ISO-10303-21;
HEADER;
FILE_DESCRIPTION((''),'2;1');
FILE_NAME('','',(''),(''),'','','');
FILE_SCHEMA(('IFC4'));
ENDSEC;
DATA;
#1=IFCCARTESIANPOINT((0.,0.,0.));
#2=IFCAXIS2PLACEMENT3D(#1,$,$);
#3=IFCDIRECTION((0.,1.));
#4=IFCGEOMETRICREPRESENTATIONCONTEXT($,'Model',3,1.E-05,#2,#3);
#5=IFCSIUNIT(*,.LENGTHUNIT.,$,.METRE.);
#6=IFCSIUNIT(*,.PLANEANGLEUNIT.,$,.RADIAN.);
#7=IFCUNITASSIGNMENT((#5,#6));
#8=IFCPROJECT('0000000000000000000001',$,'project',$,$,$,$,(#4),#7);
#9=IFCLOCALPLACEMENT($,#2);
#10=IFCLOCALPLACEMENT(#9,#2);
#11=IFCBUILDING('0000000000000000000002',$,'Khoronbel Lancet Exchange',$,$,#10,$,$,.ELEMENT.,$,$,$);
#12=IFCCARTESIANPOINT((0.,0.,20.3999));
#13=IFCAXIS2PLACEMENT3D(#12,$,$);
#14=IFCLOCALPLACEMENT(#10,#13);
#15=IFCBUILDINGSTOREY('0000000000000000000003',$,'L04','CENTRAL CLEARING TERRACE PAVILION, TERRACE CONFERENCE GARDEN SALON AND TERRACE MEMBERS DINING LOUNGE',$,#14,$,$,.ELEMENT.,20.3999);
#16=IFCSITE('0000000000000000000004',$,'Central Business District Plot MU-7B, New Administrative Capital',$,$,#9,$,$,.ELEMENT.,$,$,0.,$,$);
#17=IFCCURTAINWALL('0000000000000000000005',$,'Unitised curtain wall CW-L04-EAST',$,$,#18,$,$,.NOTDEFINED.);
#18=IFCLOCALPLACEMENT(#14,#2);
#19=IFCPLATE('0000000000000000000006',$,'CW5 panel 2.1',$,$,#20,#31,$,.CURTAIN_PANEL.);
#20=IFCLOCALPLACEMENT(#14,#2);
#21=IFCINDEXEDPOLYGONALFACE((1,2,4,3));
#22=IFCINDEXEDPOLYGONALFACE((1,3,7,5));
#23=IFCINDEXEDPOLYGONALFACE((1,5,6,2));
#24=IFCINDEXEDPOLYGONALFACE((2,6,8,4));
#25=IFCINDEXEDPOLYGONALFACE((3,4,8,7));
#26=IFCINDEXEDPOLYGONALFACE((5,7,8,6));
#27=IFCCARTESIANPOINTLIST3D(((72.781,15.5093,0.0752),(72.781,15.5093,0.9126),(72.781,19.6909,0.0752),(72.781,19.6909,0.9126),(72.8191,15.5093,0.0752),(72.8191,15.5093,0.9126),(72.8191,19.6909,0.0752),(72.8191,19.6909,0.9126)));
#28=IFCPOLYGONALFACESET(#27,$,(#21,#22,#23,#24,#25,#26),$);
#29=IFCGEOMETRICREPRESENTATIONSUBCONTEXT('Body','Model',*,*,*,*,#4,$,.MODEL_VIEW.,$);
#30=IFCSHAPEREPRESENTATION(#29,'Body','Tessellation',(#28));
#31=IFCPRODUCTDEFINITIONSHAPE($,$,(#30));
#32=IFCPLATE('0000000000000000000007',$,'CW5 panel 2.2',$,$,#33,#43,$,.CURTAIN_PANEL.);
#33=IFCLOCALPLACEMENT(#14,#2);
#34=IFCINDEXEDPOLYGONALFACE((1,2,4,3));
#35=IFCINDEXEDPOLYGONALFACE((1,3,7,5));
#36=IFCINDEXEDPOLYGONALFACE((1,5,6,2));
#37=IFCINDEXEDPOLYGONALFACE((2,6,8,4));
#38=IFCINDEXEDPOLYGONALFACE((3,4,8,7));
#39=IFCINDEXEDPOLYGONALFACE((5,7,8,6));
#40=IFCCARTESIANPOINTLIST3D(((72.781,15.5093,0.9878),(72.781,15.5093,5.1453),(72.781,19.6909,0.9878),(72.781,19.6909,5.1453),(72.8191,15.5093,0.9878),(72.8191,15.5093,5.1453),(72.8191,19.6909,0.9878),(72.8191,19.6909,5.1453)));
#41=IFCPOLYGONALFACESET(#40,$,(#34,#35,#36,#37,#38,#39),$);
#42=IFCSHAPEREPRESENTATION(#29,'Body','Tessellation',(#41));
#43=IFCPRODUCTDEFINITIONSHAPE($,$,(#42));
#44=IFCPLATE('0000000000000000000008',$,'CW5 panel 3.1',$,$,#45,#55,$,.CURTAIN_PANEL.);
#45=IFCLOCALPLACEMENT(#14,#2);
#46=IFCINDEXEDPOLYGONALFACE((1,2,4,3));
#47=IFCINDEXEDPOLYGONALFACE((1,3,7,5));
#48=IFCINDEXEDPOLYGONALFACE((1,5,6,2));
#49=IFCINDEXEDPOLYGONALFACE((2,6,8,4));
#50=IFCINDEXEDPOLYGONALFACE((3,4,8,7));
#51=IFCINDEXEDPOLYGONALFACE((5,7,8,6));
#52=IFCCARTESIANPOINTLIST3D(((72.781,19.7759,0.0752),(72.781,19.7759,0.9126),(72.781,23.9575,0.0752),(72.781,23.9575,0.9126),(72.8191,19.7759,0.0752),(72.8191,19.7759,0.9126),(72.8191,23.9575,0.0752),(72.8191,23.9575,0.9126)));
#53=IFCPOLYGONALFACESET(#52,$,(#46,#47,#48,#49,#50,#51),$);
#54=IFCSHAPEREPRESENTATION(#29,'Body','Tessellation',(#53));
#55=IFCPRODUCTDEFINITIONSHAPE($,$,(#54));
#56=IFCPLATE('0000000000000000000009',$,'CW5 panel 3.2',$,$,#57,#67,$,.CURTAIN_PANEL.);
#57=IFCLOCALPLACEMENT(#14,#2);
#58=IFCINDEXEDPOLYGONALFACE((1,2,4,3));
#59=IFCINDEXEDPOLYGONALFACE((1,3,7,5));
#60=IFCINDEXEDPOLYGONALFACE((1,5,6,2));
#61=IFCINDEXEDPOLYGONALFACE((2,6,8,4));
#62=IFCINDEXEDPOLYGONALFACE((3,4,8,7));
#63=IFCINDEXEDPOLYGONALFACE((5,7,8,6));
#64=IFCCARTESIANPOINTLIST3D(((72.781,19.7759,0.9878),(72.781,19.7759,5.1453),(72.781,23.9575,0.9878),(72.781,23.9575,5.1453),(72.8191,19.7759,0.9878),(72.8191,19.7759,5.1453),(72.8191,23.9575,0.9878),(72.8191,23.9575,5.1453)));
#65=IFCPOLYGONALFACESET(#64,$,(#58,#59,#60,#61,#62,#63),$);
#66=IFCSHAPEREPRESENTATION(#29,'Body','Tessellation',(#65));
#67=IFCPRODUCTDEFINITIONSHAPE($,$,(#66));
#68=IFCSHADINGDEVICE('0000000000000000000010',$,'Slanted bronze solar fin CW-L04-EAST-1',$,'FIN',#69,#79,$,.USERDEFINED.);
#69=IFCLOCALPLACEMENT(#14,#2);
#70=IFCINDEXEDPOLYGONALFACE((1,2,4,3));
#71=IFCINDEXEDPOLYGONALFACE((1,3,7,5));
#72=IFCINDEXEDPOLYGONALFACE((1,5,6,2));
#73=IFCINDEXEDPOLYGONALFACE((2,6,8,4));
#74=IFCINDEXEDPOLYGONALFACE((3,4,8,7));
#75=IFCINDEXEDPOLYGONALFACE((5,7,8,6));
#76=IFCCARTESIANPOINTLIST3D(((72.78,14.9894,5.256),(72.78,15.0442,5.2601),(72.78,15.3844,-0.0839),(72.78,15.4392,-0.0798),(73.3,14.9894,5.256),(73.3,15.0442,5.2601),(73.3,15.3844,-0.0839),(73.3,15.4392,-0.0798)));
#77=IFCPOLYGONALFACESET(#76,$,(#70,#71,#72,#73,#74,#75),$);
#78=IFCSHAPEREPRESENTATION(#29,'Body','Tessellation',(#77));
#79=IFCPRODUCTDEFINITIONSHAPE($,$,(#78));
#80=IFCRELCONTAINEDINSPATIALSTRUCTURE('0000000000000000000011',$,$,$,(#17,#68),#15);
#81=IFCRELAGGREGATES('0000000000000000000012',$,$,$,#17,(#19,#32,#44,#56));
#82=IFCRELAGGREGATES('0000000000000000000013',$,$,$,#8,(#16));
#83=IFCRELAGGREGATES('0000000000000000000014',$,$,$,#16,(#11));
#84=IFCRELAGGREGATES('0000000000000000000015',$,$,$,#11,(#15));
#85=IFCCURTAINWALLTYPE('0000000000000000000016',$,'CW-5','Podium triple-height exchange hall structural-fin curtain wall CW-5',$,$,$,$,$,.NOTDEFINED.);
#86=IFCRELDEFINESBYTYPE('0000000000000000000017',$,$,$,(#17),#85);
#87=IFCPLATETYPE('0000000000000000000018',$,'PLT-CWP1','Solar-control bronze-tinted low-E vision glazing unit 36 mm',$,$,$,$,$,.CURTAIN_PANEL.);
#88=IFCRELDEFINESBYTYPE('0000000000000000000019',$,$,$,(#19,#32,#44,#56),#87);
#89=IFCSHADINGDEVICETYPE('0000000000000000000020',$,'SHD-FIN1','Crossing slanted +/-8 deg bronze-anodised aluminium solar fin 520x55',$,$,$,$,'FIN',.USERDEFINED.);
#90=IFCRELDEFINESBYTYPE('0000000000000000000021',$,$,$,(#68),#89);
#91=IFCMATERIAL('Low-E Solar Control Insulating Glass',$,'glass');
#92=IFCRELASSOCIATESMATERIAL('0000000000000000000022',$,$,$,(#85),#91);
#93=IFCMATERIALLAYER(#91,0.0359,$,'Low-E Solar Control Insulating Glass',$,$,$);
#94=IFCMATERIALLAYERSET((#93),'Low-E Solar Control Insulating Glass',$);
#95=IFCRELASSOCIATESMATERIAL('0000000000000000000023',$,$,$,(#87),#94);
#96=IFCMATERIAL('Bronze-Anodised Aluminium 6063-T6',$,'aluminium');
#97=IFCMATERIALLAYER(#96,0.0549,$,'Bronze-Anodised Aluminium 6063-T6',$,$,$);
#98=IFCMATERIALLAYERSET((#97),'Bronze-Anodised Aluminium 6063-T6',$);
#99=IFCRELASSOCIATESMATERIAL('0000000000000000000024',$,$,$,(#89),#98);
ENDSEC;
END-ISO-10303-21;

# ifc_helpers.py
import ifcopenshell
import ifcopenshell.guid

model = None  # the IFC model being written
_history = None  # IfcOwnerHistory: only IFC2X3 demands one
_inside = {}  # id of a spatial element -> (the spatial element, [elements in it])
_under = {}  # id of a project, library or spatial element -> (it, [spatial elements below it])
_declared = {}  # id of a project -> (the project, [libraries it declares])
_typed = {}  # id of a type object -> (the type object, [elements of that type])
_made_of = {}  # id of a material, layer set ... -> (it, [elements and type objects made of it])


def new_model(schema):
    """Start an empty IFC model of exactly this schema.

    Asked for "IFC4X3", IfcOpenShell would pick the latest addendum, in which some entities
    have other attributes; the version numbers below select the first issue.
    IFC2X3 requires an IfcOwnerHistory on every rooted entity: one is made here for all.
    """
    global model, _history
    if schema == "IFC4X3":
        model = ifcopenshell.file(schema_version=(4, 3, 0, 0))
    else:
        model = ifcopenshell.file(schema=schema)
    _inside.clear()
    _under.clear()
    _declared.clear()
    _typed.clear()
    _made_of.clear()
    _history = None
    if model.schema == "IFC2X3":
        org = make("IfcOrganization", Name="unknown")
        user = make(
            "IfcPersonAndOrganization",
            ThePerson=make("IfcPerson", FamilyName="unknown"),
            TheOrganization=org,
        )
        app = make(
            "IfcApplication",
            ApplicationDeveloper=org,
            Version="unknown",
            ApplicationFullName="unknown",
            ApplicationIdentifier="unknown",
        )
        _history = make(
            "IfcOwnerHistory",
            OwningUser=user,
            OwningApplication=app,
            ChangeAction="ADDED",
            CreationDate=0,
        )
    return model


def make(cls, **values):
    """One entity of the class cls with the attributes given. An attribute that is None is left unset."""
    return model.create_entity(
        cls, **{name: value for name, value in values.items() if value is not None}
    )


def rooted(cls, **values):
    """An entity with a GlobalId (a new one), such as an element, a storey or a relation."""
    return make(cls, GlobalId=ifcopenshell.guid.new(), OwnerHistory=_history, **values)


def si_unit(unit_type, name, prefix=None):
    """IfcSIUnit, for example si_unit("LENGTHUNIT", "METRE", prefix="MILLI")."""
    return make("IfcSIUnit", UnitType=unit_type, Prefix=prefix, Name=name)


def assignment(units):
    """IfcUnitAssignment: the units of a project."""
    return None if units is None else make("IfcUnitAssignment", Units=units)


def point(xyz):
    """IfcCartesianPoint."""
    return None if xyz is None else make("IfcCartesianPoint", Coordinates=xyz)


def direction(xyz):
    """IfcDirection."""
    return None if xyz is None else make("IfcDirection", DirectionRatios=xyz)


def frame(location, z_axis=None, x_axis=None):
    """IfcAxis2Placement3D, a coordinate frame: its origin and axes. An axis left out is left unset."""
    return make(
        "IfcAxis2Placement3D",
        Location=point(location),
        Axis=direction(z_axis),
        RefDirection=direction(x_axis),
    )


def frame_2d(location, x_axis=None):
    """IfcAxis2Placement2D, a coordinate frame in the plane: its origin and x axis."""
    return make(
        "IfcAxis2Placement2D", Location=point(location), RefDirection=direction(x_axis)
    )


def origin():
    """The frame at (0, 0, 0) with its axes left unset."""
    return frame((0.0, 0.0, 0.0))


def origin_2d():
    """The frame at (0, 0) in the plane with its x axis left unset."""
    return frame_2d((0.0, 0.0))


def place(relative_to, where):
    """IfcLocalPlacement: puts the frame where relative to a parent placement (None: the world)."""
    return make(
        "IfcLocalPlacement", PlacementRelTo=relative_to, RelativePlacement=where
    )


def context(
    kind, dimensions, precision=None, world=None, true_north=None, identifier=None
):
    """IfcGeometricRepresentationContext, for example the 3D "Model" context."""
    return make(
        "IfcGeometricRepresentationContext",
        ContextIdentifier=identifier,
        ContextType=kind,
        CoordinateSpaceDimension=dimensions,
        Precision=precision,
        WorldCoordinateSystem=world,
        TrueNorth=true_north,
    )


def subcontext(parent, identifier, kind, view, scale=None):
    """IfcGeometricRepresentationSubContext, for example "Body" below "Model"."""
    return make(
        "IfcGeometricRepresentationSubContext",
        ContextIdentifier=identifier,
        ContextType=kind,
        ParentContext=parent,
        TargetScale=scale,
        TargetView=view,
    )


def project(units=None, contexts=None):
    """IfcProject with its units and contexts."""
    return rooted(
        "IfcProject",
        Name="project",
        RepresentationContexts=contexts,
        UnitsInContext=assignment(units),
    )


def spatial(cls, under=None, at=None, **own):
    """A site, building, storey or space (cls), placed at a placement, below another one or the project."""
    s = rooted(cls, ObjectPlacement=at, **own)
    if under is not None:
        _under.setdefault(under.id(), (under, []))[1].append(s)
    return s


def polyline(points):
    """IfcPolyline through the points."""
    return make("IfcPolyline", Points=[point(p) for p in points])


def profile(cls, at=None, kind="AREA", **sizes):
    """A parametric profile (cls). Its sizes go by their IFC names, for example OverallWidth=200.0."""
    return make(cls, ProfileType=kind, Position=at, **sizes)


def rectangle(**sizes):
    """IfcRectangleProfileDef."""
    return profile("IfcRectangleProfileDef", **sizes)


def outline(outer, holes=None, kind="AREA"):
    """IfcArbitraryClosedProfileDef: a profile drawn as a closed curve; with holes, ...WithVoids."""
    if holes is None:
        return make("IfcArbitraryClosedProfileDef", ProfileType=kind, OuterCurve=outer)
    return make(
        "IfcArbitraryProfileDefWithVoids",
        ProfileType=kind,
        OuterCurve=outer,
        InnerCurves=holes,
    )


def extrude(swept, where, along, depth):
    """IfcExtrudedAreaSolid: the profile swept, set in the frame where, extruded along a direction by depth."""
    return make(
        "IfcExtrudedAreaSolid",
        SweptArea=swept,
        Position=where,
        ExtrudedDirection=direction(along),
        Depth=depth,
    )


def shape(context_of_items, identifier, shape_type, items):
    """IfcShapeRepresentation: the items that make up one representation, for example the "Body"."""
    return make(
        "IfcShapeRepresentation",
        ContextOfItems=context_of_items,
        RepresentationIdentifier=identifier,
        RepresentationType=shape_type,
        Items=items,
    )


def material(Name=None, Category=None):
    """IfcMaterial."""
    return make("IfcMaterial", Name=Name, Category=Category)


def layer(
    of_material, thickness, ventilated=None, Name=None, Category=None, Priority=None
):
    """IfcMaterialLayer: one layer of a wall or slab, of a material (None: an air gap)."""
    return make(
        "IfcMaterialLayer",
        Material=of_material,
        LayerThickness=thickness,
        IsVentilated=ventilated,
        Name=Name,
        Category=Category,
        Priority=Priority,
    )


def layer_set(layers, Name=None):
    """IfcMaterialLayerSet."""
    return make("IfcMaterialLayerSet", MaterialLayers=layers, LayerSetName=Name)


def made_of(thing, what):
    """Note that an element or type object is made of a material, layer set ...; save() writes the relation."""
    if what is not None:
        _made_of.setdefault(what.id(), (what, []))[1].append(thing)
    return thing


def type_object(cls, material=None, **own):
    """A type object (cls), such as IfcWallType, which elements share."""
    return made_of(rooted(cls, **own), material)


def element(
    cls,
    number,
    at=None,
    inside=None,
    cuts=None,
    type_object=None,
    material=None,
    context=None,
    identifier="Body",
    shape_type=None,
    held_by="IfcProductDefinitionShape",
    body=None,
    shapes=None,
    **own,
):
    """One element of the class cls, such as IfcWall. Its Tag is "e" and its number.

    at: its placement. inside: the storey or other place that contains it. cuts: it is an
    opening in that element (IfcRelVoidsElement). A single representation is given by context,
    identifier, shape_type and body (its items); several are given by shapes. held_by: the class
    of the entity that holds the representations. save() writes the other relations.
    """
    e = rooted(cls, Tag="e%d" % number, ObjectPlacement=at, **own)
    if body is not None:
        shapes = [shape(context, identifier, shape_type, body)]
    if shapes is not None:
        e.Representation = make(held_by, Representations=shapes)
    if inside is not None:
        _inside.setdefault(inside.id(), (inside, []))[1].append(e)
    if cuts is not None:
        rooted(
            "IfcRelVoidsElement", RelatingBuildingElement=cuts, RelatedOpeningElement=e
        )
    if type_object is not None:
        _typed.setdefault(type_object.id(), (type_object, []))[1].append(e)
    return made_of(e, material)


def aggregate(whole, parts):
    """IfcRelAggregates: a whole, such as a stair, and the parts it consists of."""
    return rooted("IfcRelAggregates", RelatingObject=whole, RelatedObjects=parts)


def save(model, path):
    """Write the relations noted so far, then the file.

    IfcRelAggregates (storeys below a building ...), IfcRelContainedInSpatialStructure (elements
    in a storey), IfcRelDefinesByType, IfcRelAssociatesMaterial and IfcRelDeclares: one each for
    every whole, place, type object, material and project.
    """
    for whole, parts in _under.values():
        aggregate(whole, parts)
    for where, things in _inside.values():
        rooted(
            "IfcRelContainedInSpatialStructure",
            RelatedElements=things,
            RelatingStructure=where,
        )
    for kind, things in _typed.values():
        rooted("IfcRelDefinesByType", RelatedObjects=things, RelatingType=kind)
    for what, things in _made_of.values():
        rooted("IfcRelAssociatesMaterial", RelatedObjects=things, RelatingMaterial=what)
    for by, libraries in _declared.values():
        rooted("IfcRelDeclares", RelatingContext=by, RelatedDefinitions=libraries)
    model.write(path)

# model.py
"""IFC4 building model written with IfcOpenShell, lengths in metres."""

from ifc_helpers import new_model, si_unit, direction, frame, origin, origin_2d, place, context, subcontext, project, spatial, polyline, rectangle, outline, extrude, material, layer, layer_set, type_object, element, aggregate, save


model = new_model("IFC4")

# Units and contexts
model_context = context("Model", 3, precision=1e-05, world=origin(), true_north=direction((0.0, 1.0)))
body_context = subcontext(model_context, "Body", "Model", "MODEL_VIEW")
ifc_project = project(units=[si_unit("LENGTHUNIT", "METRE"), si_unit("PLANEANGLEUNIT", "RADIAN")], contexts=[model_context])

# Site, building, storey
site_placement = place(None, origin())
site = spatial("IfcSite", under=ifc_project, at=site_placement, Name="Central Business District Plot MU-7B, New Administrative Capital", CompositionType="ELEMENT", RefElevation=0.0)
building_placement = place(site_placement, origin())
building = spatial("IfcBuilding", under=site, at=building_placement, Name="Khoronbel Lancet Exchange", CompositionType="ELEMENT")
storey_placement = place(building_placement, frame((0.0, 0.0, 20.3999)))
storey = spatial("IfcBuildingStorey", under=building, at=storey_placement, Name="L04", Description="CENTRAL CLEARING TERRACE PAVILION, TERRACE CONFERENCE GARDEN SALON AND TERRACE MEMBERS DINING LOUNGE", CompositionType="ELEMENT", Elevation=20.3999)

# Curtain wall, plates
ifc_material_1 = material(Name="Low-E Solar Control Insulating Glass", Category="glass")
curtain_wall_type = type_object("IfcCurtainWallType", Name="CW-5", Description="Podium triple-height exchange hall structural-fin curtain wall CW-5", PredefinedType="NOTDEFINED", material=ifc_material_1)
curtain_wall_placement = place(storey_placement, origin())
curtain_wall = element("IfcCurtainWall", 1, at=curtain_wall_placement, inside=storey, type_object=curtain_wall_type, Name="Unitised curtain wall CW-L04-EAST", PredefinedType="NOTDEFINED")
ifc_material_2 = material(Name="Bronze-Anodised Aluminium 6063-T6", Category="aluminium")
ifc_layer_1 = layer(ifc_material_1, 0.0359, Name="Low-E Solar Control Insulating Glass")
ifc_layer_set_1 = layer_set([ifc_layer_1], Name="Low-E Solar Control Insulating Glass")
plate_type = type_object("IfcPlateType", Name="PLT-CWP1", Description="Solar-control bronze-tinted low-E vision glazing unit 36 mm", PredefinedType="CURTAIN_PANEL", material=ifc_layer_set_1)
plate_1_placement = place(storey_placement, frame((72.8, 17.6001, 0.0752), z_axis=(0.0, 0.0, 1.0), x_axis=(0.0, 1.0, 0.0)))
plate_1 = element("IfcPlate", 2, at=plate_1_placement, type_object=plate_type, Name="CW5 panel 2.1", PredefinedType="CURTAIN_PANEL", context=body_context, shape_type="SweptSolid", body=[
    extrude(rectangle(XDim=4.1816, YDim=0.0381, at=origin_2d()), origin(), (0.0, 0.0, 1.0), 0.8374),
])
plate_2_placement = place(storey_placement, frame((72.8, 17.6001, 0.9878), z_axis=(0.0, 0.0, 1.0), x_axis=(0.0, 1.0, 0.0)))
plate_2 = element("IfcPlate", 3, at=plate_2_placement, type_object=plate_type, Name="CW5 panel 2.2", PredefinedType="CURTAIN_PANEL", context=body_context, shape_type="SweptSolid", body=[
    extrude(rectangle(XDim=4.1816, YDim=0.0381, at=origin_2d()), origin(), (0.0, 0.0, 1.0), 4.1575),
])
plate_3_placement = place(storey_placement, frame((72.8, 21.8667, 0.0752), z_axis=(0.0, 0.0, 1.0), x_axis=(0.0, 1.0, 0.0)))
plate_3 = element("IfcPlate", 4, at=plate_3_placement, type_object=plate_type, Name="CW5 panel 3.1", PredefinedType="CURTAIN_PANEL", context=body_context, shape_type="SweptSolid", body=[
    extrude(rectangle(XDim=4.1816, YDim=0.0381, at=origin_2d()), origin(), (0.0, 0.0, 1.0), 0.8374),
])
plate_4_placement = place(storey_placement, frame((72.8, 21.8667, 0.9878), z_axis=(0.0, 0.0, 1.0), x_axis=(0.0, 1.0, 0.0)))
plate_4 = element("IfcPlate", 5, at=plate_4_placement, type_object=plate_type, Name="CW5 panel 3.2", PredefinedType="CURTAIN_PANEL", context=body_context, shape_type="SweptSolid", body=[
    extrude(rectangle(XDim=4.1816, YDim=0.0381, at=origin_2d()), origin(), (0.0, 0.0, 1.0), 4.1575),
])
aggregate(curtain_wall, [plate_1, plate_2, plate_3, plate_4])

# Shading device
ifc_layer_2 = layer(ifc_material_2, 0.0549, Name="Bronze-Anodised Aluminium 6063-T6")
ifc_layer_set_2 = layer_set([ifc_layer_2], Name="Bronze-Anodised Aluminium 6063-T6")
shading_device_type = type_object("IfcShadingDeviceType", Name="SHD-FIN1", Description="Crossing slanted +/-8 deg bronze-anodised aluminium solar fin 520x55", ElementType="FIN", PredefinedType="USERDEFINED", material=ifc_layer_set_2)
shading_device_placement = place(storey_placement, frame((72.78, 15.4392, -0.0798), z_axis=(0.0, 0.997275, 0.073774), x_axis=(1.0, 0.0, 0.0)))
element("IfcShadingDevice", 6, at=shading_device_placement, inside=storey, type_object=shading_device_type, Name="Slanted bronze solar fin CW-L04-EAST-1", ObjectType="FIN", PredefinedType="USERDEFINED", context=body_context, shape_type="SweptSolid", body=[
    extrude(outline(polyline([(0.0, 0.0), (0.52, 0.0), (0.52, -5.3545), (0.0, -5.3545), (0.0, 0.0)])), origin(), (0.0, 0.0, -1.0), 0.0549),
])

save(model, "model.ifc")
